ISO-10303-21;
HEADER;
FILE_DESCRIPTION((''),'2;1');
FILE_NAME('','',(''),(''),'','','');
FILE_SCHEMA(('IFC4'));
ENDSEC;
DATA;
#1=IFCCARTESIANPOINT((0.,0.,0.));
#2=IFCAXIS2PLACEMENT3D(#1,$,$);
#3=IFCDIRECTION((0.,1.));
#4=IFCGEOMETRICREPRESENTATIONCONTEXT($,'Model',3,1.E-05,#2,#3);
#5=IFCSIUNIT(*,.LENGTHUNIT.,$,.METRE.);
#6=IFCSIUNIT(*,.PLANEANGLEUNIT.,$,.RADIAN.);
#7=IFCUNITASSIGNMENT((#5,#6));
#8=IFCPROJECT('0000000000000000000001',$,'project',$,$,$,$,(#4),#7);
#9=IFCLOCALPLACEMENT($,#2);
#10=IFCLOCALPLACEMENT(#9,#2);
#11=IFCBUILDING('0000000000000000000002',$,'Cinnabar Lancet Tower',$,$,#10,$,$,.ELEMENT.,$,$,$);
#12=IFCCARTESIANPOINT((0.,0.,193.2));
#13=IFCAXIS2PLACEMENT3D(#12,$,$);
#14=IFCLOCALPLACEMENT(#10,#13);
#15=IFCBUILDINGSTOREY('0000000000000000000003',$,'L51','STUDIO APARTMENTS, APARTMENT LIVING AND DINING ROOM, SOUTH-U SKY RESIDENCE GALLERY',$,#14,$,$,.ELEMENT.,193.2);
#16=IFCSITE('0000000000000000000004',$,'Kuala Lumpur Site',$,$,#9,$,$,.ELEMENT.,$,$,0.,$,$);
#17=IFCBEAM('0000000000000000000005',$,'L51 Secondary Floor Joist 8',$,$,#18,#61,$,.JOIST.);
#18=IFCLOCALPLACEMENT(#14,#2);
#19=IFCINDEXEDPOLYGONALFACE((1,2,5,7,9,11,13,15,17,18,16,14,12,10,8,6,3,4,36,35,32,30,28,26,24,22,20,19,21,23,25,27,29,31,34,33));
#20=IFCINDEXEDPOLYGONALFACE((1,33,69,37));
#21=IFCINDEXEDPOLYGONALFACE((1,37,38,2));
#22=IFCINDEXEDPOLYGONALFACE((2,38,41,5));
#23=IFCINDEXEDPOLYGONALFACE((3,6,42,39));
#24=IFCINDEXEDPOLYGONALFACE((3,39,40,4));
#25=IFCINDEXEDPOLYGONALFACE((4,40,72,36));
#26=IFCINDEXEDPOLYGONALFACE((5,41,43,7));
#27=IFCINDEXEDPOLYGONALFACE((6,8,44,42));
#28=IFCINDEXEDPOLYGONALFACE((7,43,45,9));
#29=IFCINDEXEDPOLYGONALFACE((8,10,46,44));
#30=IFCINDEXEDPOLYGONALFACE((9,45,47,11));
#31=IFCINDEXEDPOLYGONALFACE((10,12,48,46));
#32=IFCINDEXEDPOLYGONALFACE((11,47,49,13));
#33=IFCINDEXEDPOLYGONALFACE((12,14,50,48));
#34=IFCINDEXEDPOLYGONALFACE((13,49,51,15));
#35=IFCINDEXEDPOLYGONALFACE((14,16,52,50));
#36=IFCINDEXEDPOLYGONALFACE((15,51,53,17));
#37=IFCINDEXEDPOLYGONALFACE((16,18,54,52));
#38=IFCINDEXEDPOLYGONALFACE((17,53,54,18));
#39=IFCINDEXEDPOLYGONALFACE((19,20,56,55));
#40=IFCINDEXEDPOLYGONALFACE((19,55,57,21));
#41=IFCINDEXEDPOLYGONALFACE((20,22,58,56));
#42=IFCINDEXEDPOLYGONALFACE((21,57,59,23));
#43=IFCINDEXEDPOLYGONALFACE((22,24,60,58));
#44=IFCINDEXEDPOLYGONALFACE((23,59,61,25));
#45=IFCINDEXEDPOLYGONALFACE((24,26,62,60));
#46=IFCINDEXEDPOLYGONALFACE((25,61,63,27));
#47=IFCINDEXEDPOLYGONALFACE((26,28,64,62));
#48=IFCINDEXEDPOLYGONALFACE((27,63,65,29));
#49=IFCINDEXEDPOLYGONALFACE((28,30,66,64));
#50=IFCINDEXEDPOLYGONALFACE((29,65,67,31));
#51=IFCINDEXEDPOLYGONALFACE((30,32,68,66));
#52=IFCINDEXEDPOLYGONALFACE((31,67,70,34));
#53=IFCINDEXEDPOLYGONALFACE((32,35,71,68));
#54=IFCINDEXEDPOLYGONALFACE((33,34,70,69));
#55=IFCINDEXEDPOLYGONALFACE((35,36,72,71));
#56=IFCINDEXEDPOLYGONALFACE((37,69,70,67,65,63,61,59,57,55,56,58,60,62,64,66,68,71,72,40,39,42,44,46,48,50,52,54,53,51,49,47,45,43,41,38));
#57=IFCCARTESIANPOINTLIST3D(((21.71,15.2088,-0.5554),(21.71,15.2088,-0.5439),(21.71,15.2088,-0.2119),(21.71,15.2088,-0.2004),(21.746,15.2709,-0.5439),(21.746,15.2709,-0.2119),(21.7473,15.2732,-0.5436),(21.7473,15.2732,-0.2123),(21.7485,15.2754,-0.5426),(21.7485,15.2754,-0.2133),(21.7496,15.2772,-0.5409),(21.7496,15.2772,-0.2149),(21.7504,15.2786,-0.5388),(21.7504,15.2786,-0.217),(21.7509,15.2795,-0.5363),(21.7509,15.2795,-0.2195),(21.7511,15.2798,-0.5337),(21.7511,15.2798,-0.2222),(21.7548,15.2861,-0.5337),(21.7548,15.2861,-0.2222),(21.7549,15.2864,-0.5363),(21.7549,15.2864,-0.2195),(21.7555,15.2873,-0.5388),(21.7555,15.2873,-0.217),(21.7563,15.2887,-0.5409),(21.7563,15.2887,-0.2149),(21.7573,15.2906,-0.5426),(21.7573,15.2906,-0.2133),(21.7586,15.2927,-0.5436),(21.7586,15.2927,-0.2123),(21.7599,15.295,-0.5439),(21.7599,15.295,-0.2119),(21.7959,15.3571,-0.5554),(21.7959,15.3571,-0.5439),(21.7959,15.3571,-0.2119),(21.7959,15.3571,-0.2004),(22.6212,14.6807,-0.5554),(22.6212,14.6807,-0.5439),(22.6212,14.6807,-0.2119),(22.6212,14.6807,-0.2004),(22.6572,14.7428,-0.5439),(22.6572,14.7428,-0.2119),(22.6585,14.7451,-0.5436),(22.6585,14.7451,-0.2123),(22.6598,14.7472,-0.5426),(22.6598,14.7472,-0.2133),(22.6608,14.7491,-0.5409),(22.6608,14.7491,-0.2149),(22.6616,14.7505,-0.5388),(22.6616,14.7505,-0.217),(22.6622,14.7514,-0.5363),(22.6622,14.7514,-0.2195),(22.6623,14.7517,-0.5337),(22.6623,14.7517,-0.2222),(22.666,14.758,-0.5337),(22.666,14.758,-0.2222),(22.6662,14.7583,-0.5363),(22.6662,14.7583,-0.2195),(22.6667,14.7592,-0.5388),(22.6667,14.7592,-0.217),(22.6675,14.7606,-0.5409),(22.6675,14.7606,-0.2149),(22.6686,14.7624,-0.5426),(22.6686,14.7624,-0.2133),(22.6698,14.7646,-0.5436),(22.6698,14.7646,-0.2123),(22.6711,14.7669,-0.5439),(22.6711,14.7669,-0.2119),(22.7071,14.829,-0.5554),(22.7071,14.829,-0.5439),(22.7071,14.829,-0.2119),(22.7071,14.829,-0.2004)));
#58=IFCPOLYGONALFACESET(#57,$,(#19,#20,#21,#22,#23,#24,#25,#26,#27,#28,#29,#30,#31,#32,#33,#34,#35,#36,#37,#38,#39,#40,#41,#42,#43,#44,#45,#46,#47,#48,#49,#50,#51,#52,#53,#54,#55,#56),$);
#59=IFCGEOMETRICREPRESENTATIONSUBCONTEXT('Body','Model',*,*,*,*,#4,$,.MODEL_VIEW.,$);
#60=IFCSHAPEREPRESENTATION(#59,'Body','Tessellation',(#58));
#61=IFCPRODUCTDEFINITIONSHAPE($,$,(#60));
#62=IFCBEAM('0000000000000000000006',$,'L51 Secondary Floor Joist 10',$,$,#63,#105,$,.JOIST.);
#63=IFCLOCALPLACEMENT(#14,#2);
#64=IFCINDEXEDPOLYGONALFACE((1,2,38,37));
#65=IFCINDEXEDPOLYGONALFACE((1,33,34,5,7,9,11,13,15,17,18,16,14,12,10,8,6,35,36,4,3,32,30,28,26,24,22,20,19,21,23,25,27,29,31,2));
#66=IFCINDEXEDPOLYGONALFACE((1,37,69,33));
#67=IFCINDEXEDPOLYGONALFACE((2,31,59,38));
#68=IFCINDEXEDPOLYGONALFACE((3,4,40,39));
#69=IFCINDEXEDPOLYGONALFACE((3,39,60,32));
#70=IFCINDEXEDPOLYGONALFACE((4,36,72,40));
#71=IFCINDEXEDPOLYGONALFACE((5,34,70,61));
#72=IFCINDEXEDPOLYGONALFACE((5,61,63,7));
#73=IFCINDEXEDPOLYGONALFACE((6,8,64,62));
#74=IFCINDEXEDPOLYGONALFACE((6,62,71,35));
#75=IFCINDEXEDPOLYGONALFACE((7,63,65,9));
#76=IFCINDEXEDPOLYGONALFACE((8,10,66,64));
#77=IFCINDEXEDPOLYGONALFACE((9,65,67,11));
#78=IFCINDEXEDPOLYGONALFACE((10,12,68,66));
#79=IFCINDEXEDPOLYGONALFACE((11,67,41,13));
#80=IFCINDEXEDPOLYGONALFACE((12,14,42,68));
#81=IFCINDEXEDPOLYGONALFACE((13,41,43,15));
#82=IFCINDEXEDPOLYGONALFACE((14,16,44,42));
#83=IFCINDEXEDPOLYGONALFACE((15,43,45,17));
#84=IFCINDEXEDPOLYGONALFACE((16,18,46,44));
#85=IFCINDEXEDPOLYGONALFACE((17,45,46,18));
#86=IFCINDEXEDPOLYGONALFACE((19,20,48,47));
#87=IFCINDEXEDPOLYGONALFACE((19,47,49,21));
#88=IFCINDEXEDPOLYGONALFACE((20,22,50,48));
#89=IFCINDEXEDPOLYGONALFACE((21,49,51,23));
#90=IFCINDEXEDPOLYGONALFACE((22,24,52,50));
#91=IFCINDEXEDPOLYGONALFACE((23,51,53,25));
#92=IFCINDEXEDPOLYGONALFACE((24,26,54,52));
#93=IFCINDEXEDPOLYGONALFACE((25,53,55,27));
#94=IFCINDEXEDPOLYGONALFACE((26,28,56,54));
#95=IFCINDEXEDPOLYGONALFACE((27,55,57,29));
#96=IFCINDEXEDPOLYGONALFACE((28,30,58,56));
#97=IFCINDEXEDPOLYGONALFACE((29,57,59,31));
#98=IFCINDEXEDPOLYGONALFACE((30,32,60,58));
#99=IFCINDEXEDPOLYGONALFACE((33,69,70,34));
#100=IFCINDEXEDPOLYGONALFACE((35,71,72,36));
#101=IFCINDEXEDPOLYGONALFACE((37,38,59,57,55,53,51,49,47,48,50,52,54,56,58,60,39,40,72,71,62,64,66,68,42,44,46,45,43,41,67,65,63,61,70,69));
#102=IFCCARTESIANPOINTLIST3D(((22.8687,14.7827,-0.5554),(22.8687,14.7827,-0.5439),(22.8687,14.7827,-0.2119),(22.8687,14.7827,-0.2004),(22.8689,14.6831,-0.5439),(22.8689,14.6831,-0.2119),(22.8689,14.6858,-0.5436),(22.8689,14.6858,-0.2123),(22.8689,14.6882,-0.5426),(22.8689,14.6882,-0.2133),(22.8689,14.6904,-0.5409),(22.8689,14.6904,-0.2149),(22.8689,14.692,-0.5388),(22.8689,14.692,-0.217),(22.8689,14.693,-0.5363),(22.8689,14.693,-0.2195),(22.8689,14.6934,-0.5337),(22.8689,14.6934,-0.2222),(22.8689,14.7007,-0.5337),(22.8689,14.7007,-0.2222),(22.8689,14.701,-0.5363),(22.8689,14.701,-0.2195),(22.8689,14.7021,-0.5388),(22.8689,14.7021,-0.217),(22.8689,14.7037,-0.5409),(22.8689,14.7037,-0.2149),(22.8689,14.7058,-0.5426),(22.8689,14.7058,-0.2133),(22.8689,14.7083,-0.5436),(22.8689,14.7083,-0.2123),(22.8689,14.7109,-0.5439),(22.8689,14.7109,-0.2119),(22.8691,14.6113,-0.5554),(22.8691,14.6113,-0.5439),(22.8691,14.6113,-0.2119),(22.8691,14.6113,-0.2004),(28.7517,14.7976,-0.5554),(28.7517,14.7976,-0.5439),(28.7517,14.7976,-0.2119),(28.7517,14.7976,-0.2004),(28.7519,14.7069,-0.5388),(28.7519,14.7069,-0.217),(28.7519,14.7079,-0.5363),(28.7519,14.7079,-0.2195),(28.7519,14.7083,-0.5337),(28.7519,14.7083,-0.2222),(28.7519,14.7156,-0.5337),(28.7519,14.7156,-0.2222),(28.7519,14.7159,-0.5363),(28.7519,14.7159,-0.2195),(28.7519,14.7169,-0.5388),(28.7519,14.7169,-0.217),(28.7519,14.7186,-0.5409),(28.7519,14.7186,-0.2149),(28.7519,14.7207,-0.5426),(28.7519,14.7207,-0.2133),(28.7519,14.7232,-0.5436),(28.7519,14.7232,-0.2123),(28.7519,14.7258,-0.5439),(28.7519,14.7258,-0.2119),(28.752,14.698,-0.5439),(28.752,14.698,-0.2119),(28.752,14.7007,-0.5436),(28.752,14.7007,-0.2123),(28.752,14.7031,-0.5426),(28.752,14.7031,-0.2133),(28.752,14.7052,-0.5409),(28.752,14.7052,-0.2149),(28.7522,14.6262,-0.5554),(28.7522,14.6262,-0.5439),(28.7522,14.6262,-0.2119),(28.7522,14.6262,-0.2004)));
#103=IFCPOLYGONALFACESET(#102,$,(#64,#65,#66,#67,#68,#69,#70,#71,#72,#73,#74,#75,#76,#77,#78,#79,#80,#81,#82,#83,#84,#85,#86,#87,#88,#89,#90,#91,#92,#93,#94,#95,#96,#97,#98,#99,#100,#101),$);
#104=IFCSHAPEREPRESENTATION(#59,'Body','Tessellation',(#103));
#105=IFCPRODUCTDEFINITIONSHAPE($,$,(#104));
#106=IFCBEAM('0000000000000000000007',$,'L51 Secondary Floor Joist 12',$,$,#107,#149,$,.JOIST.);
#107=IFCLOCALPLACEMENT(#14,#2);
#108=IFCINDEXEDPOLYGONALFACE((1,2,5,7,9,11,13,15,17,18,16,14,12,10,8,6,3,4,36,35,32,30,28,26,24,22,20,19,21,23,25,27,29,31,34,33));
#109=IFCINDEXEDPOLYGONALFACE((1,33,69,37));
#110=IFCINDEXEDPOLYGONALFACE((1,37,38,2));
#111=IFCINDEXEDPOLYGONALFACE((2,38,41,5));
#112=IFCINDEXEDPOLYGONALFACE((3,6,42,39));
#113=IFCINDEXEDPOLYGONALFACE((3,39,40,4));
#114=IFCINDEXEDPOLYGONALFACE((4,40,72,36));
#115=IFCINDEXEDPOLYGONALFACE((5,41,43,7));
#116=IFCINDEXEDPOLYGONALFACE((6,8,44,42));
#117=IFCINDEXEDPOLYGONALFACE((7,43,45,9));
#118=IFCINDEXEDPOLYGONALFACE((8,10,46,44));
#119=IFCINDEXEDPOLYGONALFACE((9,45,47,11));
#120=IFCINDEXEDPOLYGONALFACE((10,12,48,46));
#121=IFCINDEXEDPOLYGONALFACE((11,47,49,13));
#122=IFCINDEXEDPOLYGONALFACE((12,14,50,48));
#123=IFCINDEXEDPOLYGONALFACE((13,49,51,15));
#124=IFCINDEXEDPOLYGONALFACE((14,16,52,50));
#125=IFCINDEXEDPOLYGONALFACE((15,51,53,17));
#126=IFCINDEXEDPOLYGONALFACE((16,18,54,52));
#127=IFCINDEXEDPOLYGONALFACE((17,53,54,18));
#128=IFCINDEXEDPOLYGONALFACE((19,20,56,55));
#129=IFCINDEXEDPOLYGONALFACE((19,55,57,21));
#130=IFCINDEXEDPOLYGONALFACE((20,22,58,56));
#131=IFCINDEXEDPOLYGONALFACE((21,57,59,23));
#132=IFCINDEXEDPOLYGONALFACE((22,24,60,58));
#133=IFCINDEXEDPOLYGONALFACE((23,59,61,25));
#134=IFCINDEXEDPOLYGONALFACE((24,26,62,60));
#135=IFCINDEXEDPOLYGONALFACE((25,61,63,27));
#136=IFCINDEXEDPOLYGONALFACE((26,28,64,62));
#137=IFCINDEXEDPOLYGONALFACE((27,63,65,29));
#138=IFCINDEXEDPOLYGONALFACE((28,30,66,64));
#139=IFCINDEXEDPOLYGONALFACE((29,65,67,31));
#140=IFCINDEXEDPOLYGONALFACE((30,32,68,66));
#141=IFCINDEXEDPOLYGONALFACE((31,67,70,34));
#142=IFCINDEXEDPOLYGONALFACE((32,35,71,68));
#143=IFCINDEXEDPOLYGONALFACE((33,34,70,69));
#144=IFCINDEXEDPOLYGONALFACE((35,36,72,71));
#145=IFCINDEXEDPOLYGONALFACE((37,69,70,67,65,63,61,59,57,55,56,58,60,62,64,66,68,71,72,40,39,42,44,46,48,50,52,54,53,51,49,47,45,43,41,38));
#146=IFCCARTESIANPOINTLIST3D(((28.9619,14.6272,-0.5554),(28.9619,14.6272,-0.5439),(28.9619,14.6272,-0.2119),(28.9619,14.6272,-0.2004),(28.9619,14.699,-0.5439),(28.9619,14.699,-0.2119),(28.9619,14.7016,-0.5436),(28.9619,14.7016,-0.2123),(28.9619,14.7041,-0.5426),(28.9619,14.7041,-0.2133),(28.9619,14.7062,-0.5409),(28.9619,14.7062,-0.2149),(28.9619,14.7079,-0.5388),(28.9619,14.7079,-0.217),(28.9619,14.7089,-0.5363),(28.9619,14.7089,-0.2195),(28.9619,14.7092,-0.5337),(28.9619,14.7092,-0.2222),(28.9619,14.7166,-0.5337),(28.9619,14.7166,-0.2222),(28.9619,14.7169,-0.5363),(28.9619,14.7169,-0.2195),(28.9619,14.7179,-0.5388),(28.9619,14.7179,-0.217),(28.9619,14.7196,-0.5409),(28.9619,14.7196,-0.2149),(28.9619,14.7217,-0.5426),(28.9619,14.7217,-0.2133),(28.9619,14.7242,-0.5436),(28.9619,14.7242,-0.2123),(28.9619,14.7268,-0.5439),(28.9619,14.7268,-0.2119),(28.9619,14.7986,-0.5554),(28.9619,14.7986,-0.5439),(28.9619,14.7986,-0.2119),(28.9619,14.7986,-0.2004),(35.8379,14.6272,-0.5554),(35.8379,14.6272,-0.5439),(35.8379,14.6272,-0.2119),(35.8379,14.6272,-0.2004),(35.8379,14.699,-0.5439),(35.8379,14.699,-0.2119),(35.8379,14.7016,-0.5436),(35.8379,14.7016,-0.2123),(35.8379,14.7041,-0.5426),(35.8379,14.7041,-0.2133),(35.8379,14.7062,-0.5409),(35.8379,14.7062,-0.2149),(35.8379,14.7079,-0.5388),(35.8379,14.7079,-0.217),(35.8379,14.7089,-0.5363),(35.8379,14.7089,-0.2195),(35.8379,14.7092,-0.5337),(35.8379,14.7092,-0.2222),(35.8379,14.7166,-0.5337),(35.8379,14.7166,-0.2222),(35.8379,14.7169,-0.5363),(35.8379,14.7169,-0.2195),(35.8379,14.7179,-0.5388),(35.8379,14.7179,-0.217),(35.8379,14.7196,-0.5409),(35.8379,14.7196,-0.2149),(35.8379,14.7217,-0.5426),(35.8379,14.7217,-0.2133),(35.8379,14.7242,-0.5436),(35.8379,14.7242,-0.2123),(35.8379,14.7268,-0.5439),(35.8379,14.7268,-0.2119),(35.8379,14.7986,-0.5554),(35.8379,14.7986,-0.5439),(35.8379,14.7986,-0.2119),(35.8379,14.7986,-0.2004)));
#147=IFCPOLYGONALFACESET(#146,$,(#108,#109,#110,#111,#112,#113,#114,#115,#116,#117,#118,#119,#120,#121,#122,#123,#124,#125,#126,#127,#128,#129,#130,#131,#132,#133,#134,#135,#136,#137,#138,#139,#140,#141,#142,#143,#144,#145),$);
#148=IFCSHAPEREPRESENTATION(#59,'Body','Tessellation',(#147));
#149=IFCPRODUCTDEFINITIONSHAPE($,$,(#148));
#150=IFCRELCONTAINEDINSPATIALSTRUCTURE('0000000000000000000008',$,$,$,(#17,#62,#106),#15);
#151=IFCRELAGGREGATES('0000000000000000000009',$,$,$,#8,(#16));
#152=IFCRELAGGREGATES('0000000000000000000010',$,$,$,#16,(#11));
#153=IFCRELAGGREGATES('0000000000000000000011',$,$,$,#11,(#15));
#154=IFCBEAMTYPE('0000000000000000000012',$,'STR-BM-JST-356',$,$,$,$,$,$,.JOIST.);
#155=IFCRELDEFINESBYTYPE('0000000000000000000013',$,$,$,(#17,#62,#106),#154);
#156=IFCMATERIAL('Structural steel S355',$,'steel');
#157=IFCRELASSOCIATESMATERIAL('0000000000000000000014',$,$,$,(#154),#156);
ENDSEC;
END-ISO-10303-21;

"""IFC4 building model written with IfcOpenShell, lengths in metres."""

from ifc_helpers import new_model, si_unit, direction, frame, origin, origin_2d, place, context, subcontext, project, spatial, i_section, extrude, material, material_profile, profile_set, type_object, element, save


model = new_model("IFC4")

# Units and contexts
model_context = context("Model", 3, precision=1e-05, world=origin(), true_north=direction((0.0, 1.0)))
body_context = subcontext(model_context, "Body", "Model", "MODEL_VIEW")
ifc_project = project(units=[si_unit("LENGTHUNIT", "METRE"), si_unit("PLANEANGLEUNIT", "RADIAN")], contexts=[model_context])

# Site, building, storey
site_placement = place(None, origin())
site = spatial("IfcSite", under=ifc_project, at=site_placement, Name="Kuala Lumpur Site", CompositionType="ELEMENT", RefElevation=0.0)
building_placement = place(site_placement, origin())
building = spatial("IfcBuilding", under=site, at=building_placement, Name="Cinnabar Lancet Tower", CompositionType="ELEMENT")
storey_placement = place(building_placement, frame((0.0, 0.0, 193.2)))
storey = spatial("IfcBuildingStorey", under=building, at=storey_placement, Name="L51", Description="STUDIO APARTMENTS, APARTMENT LIVING AND DINING ROOM, SOUTH-U SKY RESIDENCE GALLERY", CompositionType="ELEMENT", Elevation=193.2)

# Beams
ifc_material_1 = material(Name="Structural steel S355", Category="steel")
ifc_material_profile_1 = material_profile(ifc_material_1, i_section(OverallWidth=0.1714, OverallDepth=0.355, WebThickness=0.0073, FlangeThickness=0.0115, FilletRadius=0.0103, at=origin_2d()), Name="UKB 356x171x51")
ifc_profile_set_1 = profile_set([ifc_material_profile_1], Name="Structural steel S355")
beam_type_1 = type_object("IfcBeamType", Name="STR-BM-JST-356", PredefinedType="JOIST", material=ifc_profile_set_1)
beam_1_placement = place(storey_placement, frame((21.7529, 15.283, -0.3779), z_axis=(0.865188, -0.501447, 0.0), x_axis=(0.501447, 0.865188, 0.0)))
element("IfcBeam", 1, at=beam_1_placement, inside=storey, type_object=beam_type_1, Name="L51 Secondary Floor Joist 8", PredefinedType="JOIST", context=body_context, shape_type="SweptSolid", body=[
    extrude(i_section(OverallWidth=0.1714, OverallDepth=0.355, WebThickness=0.0073, FlangeThickness=0.0115, FilletRadius=0.0103, at=origin_2d()), origin(), (0.0, 0.0, 1.0), 1.0532),
])
beam_2_placement = place(storey_placement, frame((22.8689, 14.697, -0.3779), z_axis=(0.999997, 0.002531, 0.0), x_axis=(-0.002531, 0.999997, 0.0)))
element("IfcBeam", 2, at=beam_2_placement, inside=storey, type_object=beam_type_1, Name="L51 Secondary Floor Joist 10", PredefinedType="JOIST", context=body_context, shape_type="SweptSolid", body=[
    extrude(i_section(OverallWidth=0.1714, OverallDepth=0.355, WebThickness=0.0073, FlangeThickness=0.0115, FilletRadius=0.0103, at=origin_2d()), origin(), (0.0, 0.0, 1.0), 5.8831),
])
beam_3_placement = place(storey_placement, frame((28.9619, 14.7129, -0.3779), z_axis=(1.0, 0.0, 0.0), x_axis=(0.0, 1.0, 0.0)))
element("IfcBeam", 3, at=beam_3_placement, inside=storey, type_object=beam_type_1, Name="L51 Secondary Floor Joist 12", PredefinedType="JOIST", context=body_context, shape_type="SweptSolid", body=[
    extrude(i_section(OverallWidth=0.1714, OverallDepth=0.355, WebThickness=0.0073, FlangeThickness=0.0115, FilletRadius=0.0103, at=origin_2d()), origin(), (0.0, 0.0, 1.0), 6.876),
])

save(model, "model.ifc")
